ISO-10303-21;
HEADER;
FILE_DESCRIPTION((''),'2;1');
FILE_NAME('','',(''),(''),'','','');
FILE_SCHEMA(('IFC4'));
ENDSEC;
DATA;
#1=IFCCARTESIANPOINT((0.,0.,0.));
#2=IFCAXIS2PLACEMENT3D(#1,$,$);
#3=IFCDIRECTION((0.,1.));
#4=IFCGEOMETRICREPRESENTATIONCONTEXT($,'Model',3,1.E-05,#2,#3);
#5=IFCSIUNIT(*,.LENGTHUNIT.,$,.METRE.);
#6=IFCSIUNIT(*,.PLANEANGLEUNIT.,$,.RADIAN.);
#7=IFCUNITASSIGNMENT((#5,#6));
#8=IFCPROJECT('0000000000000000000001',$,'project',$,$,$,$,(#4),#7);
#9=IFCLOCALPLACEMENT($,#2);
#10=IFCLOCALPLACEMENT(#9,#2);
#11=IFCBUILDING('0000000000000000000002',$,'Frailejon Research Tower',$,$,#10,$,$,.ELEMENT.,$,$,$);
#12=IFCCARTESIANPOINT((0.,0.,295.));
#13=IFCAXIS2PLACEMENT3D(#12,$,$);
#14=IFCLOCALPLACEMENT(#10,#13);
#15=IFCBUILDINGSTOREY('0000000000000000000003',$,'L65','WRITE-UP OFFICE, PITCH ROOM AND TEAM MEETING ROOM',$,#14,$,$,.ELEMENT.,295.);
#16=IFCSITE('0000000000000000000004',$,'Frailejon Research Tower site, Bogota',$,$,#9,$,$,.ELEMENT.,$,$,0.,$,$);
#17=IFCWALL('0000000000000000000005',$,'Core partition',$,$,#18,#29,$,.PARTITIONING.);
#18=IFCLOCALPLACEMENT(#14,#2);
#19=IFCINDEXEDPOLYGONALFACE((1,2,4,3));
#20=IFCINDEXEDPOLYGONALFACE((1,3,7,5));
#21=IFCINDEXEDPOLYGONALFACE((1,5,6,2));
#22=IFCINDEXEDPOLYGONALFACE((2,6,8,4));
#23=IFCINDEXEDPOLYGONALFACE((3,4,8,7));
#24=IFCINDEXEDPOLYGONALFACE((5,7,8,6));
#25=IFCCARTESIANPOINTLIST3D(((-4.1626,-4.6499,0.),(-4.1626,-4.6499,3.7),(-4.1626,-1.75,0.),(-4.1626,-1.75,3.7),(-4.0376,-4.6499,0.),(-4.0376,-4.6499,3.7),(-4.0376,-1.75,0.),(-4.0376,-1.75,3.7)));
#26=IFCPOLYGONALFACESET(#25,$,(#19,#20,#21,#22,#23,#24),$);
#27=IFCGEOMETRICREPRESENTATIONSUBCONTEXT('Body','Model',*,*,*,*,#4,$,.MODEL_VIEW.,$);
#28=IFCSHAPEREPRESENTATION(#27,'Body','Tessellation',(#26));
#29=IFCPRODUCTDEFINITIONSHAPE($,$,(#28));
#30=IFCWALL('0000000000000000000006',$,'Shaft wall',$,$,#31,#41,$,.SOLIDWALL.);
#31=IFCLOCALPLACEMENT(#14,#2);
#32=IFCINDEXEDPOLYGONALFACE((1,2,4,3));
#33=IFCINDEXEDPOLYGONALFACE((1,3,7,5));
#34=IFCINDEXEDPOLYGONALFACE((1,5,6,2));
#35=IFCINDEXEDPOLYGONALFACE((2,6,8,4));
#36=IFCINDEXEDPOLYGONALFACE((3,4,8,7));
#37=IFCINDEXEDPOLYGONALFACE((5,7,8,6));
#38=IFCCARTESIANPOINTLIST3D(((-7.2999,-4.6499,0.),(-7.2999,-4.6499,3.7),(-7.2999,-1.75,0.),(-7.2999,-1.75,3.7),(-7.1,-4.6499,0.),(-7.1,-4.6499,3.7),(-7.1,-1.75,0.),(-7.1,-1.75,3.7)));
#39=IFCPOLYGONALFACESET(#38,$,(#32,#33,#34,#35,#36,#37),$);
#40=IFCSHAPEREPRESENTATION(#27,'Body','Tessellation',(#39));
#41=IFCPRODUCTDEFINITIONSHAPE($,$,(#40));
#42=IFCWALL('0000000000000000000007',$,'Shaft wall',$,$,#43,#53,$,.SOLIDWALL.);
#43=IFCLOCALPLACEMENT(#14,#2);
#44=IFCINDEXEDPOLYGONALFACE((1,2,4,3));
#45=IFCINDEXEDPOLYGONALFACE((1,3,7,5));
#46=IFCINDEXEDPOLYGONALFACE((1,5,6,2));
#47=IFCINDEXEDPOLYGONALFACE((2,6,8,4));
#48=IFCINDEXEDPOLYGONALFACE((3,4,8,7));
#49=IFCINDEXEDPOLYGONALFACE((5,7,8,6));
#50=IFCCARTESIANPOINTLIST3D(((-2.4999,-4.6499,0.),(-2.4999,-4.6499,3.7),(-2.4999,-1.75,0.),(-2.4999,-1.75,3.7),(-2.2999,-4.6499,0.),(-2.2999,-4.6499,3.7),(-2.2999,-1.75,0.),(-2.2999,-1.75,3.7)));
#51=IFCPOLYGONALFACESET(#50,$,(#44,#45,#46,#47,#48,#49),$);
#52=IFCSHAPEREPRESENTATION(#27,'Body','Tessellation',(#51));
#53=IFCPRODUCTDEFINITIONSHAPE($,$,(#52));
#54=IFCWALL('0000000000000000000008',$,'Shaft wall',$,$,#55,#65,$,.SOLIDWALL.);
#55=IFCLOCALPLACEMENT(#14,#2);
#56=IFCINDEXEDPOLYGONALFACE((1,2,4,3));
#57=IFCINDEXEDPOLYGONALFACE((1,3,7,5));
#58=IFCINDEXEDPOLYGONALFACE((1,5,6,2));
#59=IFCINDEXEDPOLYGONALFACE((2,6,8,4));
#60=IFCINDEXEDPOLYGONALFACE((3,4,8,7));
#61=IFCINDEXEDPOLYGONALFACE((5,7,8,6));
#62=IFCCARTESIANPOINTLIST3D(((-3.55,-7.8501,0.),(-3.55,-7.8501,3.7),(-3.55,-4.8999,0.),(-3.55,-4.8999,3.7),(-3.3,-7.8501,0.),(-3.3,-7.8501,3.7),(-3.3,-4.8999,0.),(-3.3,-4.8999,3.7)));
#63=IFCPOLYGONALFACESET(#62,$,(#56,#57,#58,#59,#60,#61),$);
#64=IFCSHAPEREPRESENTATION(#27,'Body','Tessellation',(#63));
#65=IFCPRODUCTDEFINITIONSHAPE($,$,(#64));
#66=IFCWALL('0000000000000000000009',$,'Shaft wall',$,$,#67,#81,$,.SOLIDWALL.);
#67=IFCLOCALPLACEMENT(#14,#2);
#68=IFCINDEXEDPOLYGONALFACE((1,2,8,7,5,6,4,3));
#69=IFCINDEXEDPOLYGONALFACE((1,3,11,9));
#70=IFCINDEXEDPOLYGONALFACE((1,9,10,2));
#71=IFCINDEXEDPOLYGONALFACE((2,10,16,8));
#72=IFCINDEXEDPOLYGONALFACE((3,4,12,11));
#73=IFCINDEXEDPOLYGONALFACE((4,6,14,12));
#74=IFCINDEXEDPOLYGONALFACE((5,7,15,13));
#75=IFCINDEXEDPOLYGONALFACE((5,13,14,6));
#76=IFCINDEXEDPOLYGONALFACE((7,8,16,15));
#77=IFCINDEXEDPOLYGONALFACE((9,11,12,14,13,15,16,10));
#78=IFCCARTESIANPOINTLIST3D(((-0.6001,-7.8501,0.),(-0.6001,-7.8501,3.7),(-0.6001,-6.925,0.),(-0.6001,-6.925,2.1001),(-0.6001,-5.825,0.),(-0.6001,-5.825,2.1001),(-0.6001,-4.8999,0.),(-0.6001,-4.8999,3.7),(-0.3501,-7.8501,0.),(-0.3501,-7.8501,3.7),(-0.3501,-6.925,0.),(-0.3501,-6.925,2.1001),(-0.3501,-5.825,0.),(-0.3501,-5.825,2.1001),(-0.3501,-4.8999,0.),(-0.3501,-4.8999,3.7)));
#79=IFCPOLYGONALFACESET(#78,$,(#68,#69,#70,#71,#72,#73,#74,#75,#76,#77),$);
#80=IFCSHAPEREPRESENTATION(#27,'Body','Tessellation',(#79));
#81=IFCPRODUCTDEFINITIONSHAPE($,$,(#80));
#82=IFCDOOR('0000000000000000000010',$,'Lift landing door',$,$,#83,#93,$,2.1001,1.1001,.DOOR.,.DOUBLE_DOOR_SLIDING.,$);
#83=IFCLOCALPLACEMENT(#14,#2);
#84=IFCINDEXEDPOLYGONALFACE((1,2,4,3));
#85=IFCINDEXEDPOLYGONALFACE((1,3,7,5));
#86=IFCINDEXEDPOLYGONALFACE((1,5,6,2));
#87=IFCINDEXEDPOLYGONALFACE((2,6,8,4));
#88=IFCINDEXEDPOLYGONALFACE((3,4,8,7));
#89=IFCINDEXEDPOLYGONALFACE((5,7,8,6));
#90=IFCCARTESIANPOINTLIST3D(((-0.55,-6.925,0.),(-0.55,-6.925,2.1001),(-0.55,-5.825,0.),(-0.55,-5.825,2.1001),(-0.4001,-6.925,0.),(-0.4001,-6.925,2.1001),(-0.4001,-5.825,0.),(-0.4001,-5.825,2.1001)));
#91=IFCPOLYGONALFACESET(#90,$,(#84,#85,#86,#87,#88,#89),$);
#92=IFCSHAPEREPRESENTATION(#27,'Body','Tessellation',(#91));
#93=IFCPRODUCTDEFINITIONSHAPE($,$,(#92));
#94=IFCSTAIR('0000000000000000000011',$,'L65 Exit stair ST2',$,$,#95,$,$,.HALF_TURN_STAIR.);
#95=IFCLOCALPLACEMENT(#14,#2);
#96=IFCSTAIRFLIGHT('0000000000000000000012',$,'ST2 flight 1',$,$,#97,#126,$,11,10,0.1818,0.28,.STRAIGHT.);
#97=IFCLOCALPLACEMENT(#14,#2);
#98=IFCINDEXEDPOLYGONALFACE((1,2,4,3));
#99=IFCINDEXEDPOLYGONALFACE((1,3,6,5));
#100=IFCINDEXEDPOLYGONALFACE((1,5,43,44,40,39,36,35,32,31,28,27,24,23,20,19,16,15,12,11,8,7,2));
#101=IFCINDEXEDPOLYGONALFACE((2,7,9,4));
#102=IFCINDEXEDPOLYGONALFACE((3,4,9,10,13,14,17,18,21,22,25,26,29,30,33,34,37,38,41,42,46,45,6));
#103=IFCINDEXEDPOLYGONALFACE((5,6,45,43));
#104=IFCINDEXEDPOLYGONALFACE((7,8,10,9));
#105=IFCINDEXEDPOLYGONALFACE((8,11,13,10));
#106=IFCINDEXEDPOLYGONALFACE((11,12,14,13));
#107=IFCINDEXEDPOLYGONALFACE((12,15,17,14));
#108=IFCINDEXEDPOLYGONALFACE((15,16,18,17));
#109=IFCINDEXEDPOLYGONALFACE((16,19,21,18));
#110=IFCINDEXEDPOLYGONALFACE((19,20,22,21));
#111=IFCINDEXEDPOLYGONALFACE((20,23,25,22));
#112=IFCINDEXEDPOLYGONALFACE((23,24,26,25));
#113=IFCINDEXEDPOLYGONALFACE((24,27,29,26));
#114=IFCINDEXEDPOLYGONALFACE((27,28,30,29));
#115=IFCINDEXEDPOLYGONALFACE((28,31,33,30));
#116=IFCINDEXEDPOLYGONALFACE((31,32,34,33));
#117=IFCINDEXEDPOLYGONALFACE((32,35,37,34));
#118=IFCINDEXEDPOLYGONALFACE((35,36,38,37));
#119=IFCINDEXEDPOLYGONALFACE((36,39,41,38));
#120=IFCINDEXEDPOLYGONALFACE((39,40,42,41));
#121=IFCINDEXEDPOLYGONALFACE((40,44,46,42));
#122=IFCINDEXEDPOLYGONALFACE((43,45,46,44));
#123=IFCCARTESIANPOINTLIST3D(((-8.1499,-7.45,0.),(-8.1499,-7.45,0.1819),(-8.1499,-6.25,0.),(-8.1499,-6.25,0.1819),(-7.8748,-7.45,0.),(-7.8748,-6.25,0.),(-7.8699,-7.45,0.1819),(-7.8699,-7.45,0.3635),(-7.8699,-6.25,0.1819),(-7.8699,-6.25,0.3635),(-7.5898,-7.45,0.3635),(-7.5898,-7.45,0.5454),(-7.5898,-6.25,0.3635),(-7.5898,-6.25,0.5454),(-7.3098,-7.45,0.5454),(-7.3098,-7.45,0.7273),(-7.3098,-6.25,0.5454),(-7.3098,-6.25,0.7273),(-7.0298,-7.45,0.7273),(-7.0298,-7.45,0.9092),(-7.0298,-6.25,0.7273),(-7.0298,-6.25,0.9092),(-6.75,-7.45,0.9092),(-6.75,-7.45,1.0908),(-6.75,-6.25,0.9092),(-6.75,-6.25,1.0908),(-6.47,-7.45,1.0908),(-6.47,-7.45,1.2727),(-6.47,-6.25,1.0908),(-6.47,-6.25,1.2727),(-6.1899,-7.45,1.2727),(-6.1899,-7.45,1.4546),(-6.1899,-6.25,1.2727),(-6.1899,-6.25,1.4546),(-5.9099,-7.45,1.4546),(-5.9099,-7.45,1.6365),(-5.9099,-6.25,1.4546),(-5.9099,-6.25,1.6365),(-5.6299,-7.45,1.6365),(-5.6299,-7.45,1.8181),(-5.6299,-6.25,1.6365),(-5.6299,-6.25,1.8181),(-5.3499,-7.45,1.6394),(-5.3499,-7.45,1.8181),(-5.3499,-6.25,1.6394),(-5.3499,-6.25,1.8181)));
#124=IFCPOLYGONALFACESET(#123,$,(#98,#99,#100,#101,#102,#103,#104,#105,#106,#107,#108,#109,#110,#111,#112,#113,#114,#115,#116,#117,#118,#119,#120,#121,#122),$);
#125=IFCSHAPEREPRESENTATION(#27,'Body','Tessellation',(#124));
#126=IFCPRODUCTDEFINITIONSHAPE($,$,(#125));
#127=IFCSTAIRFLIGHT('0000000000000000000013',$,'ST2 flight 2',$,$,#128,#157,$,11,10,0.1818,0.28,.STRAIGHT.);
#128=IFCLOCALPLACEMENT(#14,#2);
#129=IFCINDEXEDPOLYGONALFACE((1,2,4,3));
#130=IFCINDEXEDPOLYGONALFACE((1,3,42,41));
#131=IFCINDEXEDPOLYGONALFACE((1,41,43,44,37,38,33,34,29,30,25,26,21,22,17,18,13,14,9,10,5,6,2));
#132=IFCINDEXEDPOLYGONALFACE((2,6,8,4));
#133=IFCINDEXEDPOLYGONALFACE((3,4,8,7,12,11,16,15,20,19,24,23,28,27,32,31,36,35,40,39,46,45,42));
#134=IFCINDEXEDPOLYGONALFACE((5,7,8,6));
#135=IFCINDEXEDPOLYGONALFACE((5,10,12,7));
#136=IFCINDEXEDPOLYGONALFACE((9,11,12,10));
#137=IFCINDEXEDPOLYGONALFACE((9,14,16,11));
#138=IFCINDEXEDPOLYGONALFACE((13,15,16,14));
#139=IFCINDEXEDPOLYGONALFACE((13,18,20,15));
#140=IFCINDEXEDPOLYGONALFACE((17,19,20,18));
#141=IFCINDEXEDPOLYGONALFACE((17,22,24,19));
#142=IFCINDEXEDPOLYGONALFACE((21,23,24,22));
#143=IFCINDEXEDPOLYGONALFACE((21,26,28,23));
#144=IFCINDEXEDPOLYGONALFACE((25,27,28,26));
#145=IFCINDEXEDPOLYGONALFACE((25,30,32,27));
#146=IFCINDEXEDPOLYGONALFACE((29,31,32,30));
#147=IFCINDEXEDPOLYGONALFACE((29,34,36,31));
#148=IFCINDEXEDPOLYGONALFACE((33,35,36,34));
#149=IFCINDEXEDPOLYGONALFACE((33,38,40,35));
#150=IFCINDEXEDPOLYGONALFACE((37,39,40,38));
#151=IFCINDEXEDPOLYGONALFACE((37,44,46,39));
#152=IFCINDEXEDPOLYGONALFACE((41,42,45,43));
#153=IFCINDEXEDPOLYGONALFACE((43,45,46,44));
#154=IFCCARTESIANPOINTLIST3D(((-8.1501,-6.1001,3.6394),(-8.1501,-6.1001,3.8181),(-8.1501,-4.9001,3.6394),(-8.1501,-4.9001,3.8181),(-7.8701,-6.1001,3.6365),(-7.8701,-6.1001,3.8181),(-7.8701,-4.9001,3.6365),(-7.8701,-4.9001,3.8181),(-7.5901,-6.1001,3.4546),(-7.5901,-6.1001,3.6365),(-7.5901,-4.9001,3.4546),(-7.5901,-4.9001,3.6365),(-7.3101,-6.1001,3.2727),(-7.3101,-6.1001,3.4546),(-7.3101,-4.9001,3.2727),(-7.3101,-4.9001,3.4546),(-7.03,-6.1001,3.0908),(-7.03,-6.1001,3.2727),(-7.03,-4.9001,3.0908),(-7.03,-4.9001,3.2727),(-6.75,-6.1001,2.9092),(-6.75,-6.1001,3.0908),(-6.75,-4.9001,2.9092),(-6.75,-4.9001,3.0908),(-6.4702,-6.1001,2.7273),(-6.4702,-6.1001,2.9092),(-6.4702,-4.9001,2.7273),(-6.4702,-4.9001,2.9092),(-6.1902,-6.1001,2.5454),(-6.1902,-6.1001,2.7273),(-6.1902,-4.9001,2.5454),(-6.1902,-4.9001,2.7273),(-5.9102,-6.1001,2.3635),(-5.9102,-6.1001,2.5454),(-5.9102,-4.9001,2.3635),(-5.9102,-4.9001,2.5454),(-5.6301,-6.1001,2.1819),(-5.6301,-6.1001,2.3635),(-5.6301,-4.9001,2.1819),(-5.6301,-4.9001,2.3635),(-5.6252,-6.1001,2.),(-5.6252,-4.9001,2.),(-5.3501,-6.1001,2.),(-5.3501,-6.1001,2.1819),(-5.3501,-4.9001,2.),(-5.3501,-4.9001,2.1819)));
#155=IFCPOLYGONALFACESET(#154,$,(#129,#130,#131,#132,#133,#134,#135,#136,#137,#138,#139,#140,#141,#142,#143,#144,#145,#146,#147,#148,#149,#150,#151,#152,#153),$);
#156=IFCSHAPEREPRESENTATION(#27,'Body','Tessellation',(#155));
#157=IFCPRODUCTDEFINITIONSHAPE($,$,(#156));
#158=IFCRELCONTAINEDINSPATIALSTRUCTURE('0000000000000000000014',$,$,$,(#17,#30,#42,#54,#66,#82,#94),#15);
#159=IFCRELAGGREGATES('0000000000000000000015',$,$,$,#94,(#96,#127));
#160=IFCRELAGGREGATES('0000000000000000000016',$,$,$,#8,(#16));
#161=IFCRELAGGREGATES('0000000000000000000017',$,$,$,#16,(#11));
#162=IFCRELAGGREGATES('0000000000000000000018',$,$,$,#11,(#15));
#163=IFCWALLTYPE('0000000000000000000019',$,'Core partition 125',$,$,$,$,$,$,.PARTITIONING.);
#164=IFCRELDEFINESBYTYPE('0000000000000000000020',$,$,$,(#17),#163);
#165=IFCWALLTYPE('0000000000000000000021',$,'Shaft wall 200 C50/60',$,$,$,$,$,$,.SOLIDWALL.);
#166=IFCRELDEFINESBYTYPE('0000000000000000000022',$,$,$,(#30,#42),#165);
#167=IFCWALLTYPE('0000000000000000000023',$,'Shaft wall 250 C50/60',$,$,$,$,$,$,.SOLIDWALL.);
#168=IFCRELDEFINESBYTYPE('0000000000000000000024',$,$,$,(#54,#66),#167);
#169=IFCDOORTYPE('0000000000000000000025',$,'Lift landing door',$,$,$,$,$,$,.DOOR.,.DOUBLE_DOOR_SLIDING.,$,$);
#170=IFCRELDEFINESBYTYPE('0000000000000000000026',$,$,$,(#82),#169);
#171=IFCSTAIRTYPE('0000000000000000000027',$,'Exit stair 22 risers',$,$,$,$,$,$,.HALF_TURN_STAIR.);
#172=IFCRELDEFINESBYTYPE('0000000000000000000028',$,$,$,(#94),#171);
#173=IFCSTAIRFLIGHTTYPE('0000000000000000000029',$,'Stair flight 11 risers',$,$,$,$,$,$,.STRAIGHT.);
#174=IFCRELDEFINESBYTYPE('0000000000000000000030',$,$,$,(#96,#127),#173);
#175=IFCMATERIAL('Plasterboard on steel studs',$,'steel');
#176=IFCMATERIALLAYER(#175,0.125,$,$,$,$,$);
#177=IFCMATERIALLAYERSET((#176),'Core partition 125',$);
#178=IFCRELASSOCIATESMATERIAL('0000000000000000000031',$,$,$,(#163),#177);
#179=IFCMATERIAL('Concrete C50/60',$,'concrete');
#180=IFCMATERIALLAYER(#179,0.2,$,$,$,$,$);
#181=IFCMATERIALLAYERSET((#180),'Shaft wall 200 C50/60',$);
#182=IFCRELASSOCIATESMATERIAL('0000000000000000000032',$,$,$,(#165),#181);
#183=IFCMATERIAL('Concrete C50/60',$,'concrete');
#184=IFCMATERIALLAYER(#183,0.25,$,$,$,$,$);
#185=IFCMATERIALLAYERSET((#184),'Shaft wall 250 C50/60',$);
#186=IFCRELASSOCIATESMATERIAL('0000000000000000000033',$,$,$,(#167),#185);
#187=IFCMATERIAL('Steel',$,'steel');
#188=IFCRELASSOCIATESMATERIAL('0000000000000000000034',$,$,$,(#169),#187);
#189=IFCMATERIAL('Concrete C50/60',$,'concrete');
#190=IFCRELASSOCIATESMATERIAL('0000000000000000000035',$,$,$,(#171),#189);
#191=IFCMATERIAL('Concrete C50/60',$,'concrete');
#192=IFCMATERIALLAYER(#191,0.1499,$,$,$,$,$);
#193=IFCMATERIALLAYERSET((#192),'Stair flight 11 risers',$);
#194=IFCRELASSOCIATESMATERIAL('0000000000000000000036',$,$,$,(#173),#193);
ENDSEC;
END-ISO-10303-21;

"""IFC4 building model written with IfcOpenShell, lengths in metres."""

from ifc_helpers import new_model, si_unit, direction, frame, frame_2d, origin, place, context, subcontext, project, spatial, polyline, rectangle, outline, extrude, material, layer, layer_set, type_object, element, fill, aggregate, save


model = new_model("IFC4")

# Units and contexts
model_context = context("Model", 3, precision=1e-05, world=origin(), true_north=direction((0.0, 1.0)))
body_context = subcontext(model_context, "Body", "Model", "MODEL_VIEW")
ifc_project = project(units=[si_unit("LENGTHUNIT", "METRE"), si_unit("PLANEANGLEUNIT", "RADIAN")], contexts=[model_context])

# Site, building, storey
site_placement = place(None, origin())
site = spatial("IfcSite", under=ifc_project, at=site_placement, Name="Frailejon Research Tower site, Bogota", CompositionType="ELEMENT", RefElevation=0.0)
building_placement = place(site_placement, origin())
building = spatial("IfcBuilding", under=site, at=building_placement, Name="Frailejon Research Tower", CompositionType="ELEMENT")
storey_placement = place(building_placement, frame((0.0, 0.0, 295.0)))
storey = spatial("IfcBuildingStorey", under=building, at=storey_placement, Name="L65", Description="WRITE-UP OFFICE, PITCH ROOM AND TEAM MEETING ROOM", CompositionType="ELEMENT", Elevation=295.0)

# Walls
ifc_material_1 = material(Name="Plasterboard on steel studs", Category="steel")
ifc_layer_1 = layer(ifc_material_1, 0.125)
ifc_layer_set_1 = layer_set([ifc_layer_1], Name="Core partition 125")
wall_type_1 = type_object("IfcWallType", Name="Core partition 125", PredefinedType="PARTITIONING", material=ifc_layer_set_1)
wall_1_placement = place(storey_placement, frame((-4.1001, -4.6499, 0.0), z_axis=(0.0, 0.0, 1.0), x_axis=(0.0, 1.0, 0.0)))
element("IfcWall", 1, at=wall_1_placement, inside=storey, type_object=wall_type_1, Name="Core partition", PredefinedType="PARTITIONING", context=body_context, shape_type="SweptSolid", body=[
    extrude(rectangle(XDim=2.8999, YDim=0.125, at=frame_2d((1.45, 0.0))), origin(), (0.0, 0.0, 1.0), 3.7),
])
ifc_material_2 = material(Name="Concrete C50/60", Category="concrete")
ifc_layer_2 = layer(ifc_material_2, 0.2)
ifc_layer_set_2 = layer_set([ifc_layer_2], Name="Shaft wall 200 C50/60")
wall_type_2 = type_object("IfcWallType", Name="Shaft wall 200 C50/60", PredefinedType="SOLIDWALL", material=ifc_layer_set_2)
for number, where, z_axis, x_axis, name in (
    (2, (-7.2, -4.6499, 0.0), (0.0, 0.0, 1.0), (0.0, 1.0, 0.0), "Shaft wall"),
    (3, (-2.3999, -4.6499, 0.0), (0.0, 0.0, 1.0), (0.0, 1.0, 0.0), "Shaft wall"),
):
    element("IfcWall", number, at=place(storey_placement, frame(where, z_axis=z_axis, x_axis=x_axis)), inside=storey, type_object=wall_type_2, Name=name, PredefinedType="SOLIDWALL", context=body_context, shape_type="SweptSolid", body=[
        extrude(rectangle(XDim=2.8999, YDim=0.2, at=frame_2d((1.45, 0.0))), origin(), (0.0, 0.0, 1.0), 3.7),
    ])
ifc_material_3 = material(Name="Concrete C50/60", Category="concrete")
ifc_layer_3 = layer(ifc_material_3, 0.25)
ifc_layer_set_3 = layer_set([ifc_layer_3], Name="Shaft wall 250 C50/60")
wall_type_3 = type_object("IfcWallType", Name="Shaft wall 250 C50/60", PredefinedType="SOLIDWALL", material=ifc_layer_set_3)
wall_2_placement = place(storey_placement, frame((-3.425, -7.8501, 0.0), z_axis=(0.0, 0.0, 1.0), x_axis=(0.0, 1.0, 0.0)))
element("IfcWall", 4, at=wall_2_placement, inside=storey, type_object=wall_type_3, Name="Shaft wall", PredefinedType="SOLIDWALL", context=body_context, shape_type="SweptSolid", body=[
    extrude(rectangle(XDim=2.9502, YDim=0.25, at=frame_2d((1.4751, 0.0))), origin(), (0.0, 0.0, 1.0), 3.7),
])

# Wall, opening, door
wall_3_placement = place(storey_placement, frame((-0.4751, -7.8501, 0.0), z_axis=(0.0, 0.0, 1.0), x_axis=(0.0, 1.0, 0.0)))
wall_3 = element("IfcWall", 5, at=wall_3_placement, inside=storey, type_object=wall_type_3, Name="Shaft wall", PredefinedType="SOLIDWALL", context=body_context, shape_type="SweptSolid", body=[
    extrude(rectangle(XDim=2.9502, YDim=0.25, at=frame_2d((1.4751, 0.0))), origin(), (0.0, 0.0, 1.0), 3.7),
])
opening_placement = place(wall_3_placement, frame((0.925, 0.0, 0.0)))
opening = element("IfcOpeningElement", 6, at=opening_placement, cuts=wall_3, PredefinedType="OPENING", context=body_context, shape_type="SweptSolid", body=[
    extrude(rectangle(XDim=1.1001, YDim=2.1001, at=frame_2d((0.55, 1.05))), frame((0.0, 0.135, 0.0), z_axis=(0.0, -1.0, 0.0), x_axis=(1.0, 0.0, 0.0)), (0.0, 0.0, 1.0), 0.27),
])
ifc_material_4 = material(Name="Steel", Category="steel")
door_type = type_object("IfcDoorType", Name="Lift landing door", OperationType="DOUBLE_DOOR_SLIDING", PredefinedType="DOOR", material=ifc_material_4)
door_placement = place(opening_placement, origin())
door = element("IfcDoor", 7, at=door_placement, inside=storey, type_object=door_type, Name="Lift landing door", OperationType="DOUBLE_DOOR_SLIDING", OverallHeight=2.1001, OverallWidth=1.1001, PredefinedType="DOOR", context=body_context, shape_type="SweptSolid", body=[
    extrude(rectangle(XDim=1.1001, YDim=2.1001, at=frame_2d((0.55, 1.05))), frame((0.0, 0.075, 0.0), z_axis=(0.0, -1.0, 0.0), x_axis=(1.0, 0.0, 0.0)), (0.0, 0.0, 1.0), 0.1499),
])
fill(opening, door)

# Stair, stair flights
ifc_material_5 = material(Name="Concrete C50/60", Category="concrete")
stair_type = type_object("IfcStairType", Name="Exit stair 22 risers", PredefinedType="HALF_TURN_STAIR", material=ifc_material_5)
stair_placement = place(storey_placement, origin())
stair = element("IfcStair", 8, at=stair_placement, inside=storey, type_object=stair_type, Name="L65 Exit stair ST2", PredefinedType="HALF_TURN_STAIR")
ifc_material_6 = material(Name="Concrete C50/60", Category="concrete")
ifc_layer_4 = layer(ifc_material_6, 0.1499)
ifc_layer_set_4 = layer_set([ifc_layer_4], Name="Stair flight 11 risers")
stair_flight_type = type_object("IfcStairFlightType", Name="Stair flight 11 risers", PredefinedType="STRAIGHT", material=ifc_layer_set_4)
stair_flight_1_placement = place(storey_placement, frame((-8.1499, -6.8501, 0.0), z_axis=(0.0, 0.0, 1.0), x_axis=(1.0, 0.0, 0.0)))
stair_flight_1 = element("IfcStairFlight", 9, at=stair_flight_1_placement, type_object=stair_flight_type, Name="ST2 flight 1", NumberOfRisers=11, NumberOfTreads=10, PredefinedType="STRAIGHT", RiserHeight=0.1818, TreadLength=0.28, context=body_context, shape_type="SweptSolid", body=[
    extrude(outline(polyline([(0.0, 0.0), (0.0, 0.1819), (0.28, 0.1819), (0.28, 0.3635), (0.5601, 0.3635), (0.5601, 0.5454), (0.8401, 0.5454), (0.8401, 0.7273), (1.1201, 0.7273), (1.1201, 0.9092), (1.3999, 0.9092), (1.3999, 1.0908), (1.6799, 1.0908), (1.6799, 1.2727), (1.96, 1.2727), (1.96, 1.4546), (2.24, 1.4546), (2.24, 1.6365), (2.52, 1.6365), (2.52, 1.8181), (2.8, 1.8181), (2.8, 2.0), (2.8, 1.6394), (0.2751, 0.0), (0.0, 0.0)])), frame((0.0, 0.6001, 0.0), z_axis=(0.0, -1.0, 0.0), x_axis=(1.0, 0.0, 0.0)), (0.0, 0.0, 1.0), 1.2),
])
stair_flight_2_placement = place(storey_placement, frame((-5.3501, -5.5, 2.0), z_axis=(0.0, 0.0, 1.0), x_axis=(-1.0, 0.0, 0.0)))
stair_flight_2 = element("IfcStairFlight", 10, at=stair_flight_2_placement, type_object=stair_flight_type, Name="ST2 flight 2", NumberOfRisers=11, NumberOfTreads=10, PredefinedType="STRAIGHT", RiserHeight=0.1818, TreadLength=0.28, context=body_context, shape_type="SweptSolid", body=[
    extrude(outline(polyline([(0.0, 0.0), (0.0, 0.1819), (0.28, 0.1819), (0.28, 0.3635), (0.5601, 0.3635), (0.5601, 0.5454), (0.8401, 0.5454), (0.8401, 0.7273), (1.1201, 0.7273), (1.1201, 0.9092), (1.3999, 0.9092), (1.3999, 1.0908), (1.6799, 1.0908), (1.6799, 1.2727), (1.96, 1.2727), (1.96, 1.4546), (2.24, 1.4546), (2.24, 1.6365), (2.52, 1.6365), (2.52, 1.8181), (2.8, 1.8181), (2.8, 2.0), (2.8, 1.6394), (0.2751, 0.0), (0.0, 0.0)])), frame((0.0, 0.6001, 0.0), z_axis=(0.0, -1.0, 0.0), x_axis=(1.0, 0.0, 0.0)), (0.0, 0.0, 1.0), 1.2),
])
aggregate(stair, [stair_flight_1, stair_flight_2])

save(model, "model.ifc")
